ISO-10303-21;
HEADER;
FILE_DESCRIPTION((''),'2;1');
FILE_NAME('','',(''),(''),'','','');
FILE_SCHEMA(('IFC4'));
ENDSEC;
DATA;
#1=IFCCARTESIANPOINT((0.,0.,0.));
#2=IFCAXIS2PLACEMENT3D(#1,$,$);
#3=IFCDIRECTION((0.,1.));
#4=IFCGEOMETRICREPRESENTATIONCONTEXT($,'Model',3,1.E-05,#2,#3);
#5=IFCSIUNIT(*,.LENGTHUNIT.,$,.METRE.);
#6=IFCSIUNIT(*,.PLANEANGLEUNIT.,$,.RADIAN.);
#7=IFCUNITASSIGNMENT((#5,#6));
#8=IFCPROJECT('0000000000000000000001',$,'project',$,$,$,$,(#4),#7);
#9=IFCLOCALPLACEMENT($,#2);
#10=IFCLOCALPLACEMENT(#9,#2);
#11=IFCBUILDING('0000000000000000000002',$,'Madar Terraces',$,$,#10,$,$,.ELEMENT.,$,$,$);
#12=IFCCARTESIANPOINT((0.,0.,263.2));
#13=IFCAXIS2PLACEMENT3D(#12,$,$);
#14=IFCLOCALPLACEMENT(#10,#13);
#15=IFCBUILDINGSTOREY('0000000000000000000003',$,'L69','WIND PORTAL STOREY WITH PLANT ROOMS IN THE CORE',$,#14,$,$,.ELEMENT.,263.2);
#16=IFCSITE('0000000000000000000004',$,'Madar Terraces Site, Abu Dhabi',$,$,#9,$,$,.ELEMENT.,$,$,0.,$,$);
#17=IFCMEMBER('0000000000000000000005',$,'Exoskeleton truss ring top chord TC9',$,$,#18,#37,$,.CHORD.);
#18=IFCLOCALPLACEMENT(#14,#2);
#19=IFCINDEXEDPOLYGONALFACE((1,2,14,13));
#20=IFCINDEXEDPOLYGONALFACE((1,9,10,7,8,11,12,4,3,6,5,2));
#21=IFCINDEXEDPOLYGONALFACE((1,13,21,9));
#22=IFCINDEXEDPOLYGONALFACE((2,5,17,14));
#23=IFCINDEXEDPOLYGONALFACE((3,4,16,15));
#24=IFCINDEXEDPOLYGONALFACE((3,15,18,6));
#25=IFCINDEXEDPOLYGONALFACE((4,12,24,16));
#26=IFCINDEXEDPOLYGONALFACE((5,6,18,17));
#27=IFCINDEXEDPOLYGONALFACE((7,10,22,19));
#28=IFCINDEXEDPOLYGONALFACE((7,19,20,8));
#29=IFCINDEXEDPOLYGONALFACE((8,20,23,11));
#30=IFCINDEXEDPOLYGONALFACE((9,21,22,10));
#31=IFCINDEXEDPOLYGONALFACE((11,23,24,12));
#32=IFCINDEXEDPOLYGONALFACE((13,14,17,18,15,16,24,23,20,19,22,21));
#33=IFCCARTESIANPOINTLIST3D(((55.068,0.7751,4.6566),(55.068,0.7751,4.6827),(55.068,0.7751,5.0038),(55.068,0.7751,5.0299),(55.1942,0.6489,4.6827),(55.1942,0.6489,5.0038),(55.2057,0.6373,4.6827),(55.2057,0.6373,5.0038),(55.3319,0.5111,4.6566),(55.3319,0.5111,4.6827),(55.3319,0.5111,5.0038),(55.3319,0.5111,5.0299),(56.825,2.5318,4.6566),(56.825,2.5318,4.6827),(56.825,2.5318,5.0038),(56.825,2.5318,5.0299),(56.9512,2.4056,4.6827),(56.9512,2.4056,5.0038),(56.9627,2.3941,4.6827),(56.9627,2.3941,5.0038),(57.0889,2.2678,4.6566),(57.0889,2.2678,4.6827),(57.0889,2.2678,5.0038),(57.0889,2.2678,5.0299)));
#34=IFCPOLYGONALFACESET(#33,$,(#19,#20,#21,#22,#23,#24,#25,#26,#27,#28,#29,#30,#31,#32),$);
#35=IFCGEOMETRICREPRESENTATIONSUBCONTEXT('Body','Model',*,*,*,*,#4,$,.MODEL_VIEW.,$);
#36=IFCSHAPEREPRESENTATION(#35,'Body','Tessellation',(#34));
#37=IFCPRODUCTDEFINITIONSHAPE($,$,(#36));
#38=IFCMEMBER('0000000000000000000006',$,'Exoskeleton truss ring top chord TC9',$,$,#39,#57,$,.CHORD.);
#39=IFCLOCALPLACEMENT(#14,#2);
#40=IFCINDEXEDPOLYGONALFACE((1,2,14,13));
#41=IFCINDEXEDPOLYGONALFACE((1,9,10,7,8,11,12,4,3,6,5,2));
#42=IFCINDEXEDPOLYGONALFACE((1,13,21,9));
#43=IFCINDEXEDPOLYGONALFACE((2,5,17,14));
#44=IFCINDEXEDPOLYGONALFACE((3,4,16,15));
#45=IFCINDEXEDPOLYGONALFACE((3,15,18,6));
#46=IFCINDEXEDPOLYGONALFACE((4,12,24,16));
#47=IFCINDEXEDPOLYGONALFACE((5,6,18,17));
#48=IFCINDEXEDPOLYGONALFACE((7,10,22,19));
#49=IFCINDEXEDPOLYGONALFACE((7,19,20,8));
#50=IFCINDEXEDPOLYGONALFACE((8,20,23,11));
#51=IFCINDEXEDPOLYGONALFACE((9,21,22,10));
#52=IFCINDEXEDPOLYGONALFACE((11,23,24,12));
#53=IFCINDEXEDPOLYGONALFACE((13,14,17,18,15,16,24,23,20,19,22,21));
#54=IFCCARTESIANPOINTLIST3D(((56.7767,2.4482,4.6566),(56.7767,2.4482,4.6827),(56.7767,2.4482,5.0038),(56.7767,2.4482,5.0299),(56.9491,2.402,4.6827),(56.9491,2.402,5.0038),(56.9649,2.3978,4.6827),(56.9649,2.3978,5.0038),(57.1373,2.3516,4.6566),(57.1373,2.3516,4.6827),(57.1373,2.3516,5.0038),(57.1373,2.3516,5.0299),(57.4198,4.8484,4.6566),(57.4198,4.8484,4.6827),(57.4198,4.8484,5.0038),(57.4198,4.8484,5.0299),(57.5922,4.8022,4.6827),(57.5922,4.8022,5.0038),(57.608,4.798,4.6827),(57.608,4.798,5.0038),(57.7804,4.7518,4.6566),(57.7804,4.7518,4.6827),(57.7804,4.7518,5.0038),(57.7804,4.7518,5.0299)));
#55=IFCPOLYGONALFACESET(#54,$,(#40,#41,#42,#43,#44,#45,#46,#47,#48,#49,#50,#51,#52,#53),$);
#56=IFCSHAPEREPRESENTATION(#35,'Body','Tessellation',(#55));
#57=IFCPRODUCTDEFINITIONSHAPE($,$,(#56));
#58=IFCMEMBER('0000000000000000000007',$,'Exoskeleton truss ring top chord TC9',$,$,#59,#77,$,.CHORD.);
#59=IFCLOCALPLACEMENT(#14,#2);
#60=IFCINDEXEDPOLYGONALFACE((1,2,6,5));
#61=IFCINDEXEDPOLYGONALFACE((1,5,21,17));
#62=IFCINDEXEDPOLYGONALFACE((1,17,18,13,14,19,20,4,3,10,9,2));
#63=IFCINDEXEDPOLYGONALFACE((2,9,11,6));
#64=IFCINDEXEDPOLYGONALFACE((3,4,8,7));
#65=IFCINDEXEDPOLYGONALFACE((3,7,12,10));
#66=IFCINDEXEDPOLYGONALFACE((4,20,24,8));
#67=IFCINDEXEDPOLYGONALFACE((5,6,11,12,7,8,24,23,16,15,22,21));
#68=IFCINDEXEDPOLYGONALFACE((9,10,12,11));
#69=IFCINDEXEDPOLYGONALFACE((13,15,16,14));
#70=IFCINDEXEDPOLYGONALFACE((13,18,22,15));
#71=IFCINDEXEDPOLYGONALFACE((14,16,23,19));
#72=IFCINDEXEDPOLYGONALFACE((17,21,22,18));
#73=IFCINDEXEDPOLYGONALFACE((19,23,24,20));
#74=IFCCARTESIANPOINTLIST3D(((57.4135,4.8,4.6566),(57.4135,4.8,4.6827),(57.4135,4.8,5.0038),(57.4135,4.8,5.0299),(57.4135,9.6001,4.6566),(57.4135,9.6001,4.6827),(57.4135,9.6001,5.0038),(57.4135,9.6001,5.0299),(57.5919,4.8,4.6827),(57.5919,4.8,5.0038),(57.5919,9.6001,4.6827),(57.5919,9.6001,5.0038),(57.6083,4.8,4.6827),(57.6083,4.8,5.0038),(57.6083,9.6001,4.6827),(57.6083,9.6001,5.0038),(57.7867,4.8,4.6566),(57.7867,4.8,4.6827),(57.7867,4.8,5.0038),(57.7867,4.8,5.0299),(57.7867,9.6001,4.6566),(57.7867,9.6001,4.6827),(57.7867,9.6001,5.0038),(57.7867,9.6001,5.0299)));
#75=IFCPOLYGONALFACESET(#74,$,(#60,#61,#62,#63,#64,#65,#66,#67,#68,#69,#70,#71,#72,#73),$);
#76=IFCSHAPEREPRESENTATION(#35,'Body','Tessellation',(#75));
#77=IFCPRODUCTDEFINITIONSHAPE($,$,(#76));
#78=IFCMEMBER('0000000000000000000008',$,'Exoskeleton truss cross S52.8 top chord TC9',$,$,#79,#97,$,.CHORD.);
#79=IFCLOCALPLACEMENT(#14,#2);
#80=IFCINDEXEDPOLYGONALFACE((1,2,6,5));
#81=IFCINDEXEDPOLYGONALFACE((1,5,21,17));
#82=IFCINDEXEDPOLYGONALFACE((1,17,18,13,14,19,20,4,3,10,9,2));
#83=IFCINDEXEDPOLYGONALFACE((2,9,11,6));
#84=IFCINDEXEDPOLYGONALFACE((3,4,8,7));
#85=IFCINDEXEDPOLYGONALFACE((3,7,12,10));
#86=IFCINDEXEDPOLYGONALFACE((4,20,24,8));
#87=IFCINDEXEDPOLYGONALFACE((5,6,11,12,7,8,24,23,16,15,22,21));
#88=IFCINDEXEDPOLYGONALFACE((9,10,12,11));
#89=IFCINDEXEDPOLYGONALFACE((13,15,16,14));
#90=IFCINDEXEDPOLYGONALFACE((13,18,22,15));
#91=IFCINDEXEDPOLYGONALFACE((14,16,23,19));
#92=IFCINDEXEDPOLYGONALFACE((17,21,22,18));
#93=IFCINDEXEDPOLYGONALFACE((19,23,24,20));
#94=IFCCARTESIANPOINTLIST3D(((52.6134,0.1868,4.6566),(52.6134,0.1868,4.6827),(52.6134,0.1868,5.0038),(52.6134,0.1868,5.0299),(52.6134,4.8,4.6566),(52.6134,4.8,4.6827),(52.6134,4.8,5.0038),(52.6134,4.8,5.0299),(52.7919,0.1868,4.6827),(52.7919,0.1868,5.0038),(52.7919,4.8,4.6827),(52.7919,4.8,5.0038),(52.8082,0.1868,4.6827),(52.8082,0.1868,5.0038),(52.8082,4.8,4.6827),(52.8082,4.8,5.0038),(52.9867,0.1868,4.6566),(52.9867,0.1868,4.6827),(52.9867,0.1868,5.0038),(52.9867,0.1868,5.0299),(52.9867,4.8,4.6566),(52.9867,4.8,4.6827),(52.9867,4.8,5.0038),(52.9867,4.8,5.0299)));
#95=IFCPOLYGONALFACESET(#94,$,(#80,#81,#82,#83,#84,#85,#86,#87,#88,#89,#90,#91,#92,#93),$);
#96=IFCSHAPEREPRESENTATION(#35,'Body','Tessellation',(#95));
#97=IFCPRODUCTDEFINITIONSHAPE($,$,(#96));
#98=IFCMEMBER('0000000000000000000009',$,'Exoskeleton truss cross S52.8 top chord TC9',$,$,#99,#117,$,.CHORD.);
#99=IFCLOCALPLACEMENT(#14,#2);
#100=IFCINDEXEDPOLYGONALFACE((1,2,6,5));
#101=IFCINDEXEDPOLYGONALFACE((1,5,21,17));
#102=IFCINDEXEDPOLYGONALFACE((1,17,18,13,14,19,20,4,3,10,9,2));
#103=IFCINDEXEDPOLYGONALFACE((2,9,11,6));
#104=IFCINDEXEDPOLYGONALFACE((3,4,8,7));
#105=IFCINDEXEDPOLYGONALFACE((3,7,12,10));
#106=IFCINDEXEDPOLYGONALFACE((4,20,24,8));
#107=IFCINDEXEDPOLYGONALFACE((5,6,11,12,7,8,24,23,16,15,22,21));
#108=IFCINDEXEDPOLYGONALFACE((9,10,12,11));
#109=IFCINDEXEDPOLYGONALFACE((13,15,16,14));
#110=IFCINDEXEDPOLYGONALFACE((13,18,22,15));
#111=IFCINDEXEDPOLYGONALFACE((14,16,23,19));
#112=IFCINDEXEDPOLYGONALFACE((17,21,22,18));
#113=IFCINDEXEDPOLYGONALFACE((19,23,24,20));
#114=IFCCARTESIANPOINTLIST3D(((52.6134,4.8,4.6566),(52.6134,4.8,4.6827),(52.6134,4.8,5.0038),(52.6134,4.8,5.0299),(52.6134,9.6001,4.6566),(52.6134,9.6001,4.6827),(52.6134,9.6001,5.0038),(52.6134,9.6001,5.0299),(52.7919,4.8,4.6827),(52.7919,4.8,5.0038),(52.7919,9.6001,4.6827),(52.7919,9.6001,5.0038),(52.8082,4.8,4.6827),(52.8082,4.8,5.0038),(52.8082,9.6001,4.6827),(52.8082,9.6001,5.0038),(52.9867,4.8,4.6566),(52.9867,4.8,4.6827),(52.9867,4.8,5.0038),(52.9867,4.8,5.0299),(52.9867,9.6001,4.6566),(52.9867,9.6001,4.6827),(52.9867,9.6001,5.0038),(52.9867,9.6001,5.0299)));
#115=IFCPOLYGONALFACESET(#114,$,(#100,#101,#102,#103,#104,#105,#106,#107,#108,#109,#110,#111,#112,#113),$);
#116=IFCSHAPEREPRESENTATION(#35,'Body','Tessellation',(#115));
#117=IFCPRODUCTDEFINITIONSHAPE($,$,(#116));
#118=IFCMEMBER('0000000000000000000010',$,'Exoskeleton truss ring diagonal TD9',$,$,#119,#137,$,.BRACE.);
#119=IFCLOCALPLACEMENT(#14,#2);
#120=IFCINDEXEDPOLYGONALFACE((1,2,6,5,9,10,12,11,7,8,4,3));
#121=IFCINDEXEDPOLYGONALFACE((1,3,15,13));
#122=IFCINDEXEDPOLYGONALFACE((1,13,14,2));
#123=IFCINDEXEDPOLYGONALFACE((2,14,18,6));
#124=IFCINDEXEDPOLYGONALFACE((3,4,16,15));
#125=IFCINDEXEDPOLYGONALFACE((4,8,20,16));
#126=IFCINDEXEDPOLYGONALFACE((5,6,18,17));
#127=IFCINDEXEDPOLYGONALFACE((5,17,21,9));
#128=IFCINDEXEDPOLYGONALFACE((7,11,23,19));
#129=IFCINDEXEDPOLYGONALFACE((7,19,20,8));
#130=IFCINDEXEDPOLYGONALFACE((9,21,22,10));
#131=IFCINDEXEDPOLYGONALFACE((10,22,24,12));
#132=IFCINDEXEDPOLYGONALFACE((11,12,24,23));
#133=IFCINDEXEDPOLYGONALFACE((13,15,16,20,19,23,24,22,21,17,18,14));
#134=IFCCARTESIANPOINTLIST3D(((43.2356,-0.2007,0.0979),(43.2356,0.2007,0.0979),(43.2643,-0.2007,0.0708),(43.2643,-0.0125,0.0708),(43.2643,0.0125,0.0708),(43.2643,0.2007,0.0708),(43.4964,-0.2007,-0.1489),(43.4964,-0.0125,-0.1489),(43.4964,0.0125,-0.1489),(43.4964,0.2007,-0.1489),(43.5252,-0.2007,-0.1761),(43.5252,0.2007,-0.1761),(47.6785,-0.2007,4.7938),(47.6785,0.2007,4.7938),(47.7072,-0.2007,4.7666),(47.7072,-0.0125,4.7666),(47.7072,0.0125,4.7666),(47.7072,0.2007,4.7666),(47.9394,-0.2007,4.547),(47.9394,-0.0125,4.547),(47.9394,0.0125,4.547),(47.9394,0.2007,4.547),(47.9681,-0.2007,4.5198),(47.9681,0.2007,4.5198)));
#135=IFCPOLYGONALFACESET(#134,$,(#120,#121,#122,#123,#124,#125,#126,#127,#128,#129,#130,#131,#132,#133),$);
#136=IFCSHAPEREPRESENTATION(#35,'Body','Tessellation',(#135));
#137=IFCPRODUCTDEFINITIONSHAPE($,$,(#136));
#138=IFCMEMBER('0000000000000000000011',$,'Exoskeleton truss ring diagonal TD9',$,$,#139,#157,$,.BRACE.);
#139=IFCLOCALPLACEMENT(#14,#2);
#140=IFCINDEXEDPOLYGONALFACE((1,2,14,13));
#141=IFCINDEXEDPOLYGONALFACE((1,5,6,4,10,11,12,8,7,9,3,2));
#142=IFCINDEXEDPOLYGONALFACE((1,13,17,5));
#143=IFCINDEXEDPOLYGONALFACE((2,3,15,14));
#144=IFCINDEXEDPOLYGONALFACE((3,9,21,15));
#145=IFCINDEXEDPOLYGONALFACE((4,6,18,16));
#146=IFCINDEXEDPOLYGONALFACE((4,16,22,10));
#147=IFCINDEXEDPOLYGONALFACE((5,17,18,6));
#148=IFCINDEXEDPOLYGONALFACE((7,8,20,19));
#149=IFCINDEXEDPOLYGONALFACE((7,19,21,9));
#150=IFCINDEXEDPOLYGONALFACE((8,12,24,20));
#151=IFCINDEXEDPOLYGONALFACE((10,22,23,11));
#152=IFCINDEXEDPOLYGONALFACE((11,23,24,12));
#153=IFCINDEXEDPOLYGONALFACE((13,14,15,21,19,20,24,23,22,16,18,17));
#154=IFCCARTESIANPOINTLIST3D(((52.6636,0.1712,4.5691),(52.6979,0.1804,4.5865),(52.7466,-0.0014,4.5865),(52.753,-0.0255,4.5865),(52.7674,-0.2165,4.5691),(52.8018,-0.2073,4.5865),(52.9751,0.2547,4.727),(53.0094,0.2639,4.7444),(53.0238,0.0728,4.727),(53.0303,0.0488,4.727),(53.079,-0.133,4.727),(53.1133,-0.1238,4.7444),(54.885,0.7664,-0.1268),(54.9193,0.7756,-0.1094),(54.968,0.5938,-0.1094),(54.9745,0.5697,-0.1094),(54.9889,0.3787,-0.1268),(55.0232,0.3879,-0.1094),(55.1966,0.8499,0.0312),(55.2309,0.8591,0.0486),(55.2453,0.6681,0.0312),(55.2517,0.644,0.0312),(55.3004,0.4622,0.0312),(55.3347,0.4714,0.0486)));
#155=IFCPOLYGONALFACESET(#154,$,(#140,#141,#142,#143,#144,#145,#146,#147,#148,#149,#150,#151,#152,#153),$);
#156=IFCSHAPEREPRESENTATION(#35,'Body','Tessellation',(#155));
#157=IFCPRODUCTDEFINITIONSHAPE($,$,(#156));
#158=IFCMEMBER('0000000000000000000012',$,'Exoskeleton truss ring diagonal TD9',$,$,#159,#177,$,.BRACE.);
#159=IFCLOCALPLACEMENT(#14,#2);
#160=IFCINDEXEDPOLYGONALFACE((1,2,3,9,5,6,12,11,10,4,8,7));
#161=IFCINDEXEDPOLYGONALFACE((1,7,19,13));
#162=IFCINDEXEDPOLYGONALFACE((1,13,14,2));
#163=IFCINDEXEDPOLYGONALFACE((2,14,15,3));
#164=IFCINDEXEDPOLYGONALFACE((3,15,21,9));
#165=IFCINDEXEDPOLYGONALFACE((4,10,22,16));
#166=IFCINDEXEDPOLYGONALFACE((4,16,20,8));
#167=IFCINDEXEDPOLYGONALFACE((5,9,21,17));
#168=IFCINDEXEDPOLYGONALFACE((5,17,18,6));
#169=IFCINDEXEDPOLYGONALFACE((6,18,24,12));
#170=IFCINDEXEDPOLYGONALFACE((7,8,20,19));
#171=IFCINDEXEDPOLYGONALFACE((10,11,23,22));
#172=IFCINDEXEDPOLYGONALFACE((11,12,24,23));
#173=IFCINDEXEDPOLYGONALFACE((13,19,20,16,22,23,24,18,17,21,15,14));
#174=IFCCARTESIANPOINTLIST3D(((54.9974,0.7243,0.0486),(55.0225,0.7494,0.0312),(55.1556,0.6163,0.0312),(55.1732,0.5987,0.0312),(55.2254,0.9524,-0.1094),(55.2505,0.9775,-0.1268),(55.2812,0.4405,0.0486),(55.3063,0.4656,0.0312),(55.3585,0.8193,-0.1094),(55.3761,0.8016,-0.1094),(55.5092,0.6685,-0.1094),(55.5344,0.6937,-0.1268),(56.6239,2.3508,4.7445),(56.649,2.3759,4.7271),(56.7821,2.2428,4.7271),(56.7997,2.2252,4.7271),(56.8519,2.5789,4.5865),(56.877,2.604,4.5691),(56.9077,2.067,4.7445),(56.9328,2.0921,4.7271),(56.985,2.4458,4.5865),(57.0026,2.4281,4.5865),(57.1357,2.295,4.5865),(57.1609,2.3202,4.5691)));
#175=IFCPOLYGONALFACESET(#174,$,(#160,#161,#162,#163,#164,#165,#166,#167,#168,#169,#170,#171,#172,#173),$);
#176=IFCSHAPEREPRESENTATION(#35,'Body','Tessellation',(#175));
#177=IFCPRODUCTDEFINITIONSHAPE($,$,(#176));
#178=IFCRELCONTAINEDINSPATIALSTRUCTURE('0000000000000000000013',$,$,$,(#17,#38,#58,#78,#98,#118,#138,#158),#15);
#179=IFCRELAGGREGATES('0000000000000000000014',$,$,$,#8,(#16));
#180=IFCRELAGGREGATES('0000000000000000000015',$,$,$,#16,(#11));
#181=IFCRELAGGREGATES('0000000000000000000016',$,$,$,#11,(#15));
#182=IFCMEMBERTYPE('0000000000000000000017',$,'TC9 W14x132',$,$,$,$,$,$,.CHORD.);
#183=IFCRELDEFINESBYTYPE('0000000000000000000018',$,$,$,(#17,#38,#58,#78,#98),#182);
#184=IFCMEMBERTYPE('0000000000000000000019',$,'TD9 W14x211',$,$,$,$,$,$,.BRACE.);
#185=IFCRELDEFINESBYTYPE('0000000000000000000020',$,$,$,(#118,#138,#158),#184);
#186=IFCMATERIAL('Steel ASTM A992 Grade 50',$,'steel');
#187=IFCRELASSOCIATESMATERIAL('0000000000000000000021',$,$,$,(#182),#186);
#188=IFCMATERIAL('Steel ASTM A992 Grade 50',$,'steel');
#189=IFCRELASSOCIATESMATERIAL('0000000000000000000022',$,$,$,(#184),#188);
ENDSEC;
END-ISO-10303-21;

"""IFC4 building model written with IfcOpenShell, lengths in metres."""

from ifc_helpers import new_model, si_unit, direction, frame, origin, origin_2d, place, context, subcontext, project, spatial, i_section, extrude, material, material_profile, profile_set, type_object, element, save


model = new_model("IFC4")

# Units and contexts
model_context = context("Model", 3, precision=1e-05, world=origin(), true_north=direction((0.0, 1.0)))
body_context = subcontext(model_context, "Body", "Model", "MODEL_VIEW")
ifc_project = project(units=[si_unit("LENGTHUNIT", "METRE"), si_unit("PLANEANGLEUNIT", "RADIAN")], contexts=[model_context])

# Site, building, storey
site_placement = place(None, origin())
site = spatial("IfcSite", under=ifc_project, at=site_placement, Name="Madar Terraces Site, Abu Dhabi", CompositionType="ELEMENT", RefElevation=0.0)
building_placement = place(site_placement, origin())
building = spatial("IfcBuilding", under=site, at=building_placement, Name="Madar Terraces", CompositionType="ELEMENT")
storey_placement = place(building_placement, frame((0.0, 0.0, 263.2)))
storey = spatial("IfcBuildingStorey", under=building, at=storey_placement, Name="L69", Description="WIND PORTAL STOREY WITH PLANT ROOMS IN THE CORE", CompositionType="ELEMENT", Elevation=263.2)

# Members
ifc_material_1 = material(Name="Steel ASTM A992 Grade 50", Category="steel")
ifc_material_profile_1 = material_profile(ifc_material_1, i_section(OverallWidth=0.3733, OverallDepth=0.3733, WebThickness=0.0164, FlangeThickness=0.0261, at=origin_2d()), Name="W14x132")
ifc_profile_set_1 = profile_set([ifc_material_profile_1], Name="Steel ASTM A992 Grade 50")
member_type_1 = type_object("IfcMemberType", Name="TC9 W14x132", PredefinedType="CHORD", material=ifc_profile_set_1)
for number, where, z_axis, x_axis, name in (
    (1, (55.2, 0.6431, 4.8433), (0.707156, 0.707058, 0.0), (-0.707058, 0.707156, 0.0), "Exoskeleton truss ring top chord TC9"),
):
    element("IfcMember", number, at=place(storey_placement, frame(where, z_axis=z_axis, x_axis=x_axis)), inside=storey, type_object=member_type_1, Name=name, PredefinedType="CHORD", context=body_context, shape_type="SweptSolid", body=[
        extrude(i_section(OverallWidth=0.3733, OverallDepth=0.3733, WebThickness=0.0164, FlangeThickness=0.0261, at=origin_2d()), origin(), (0.0, 0.0, 1.0), 2.4846),
    ])
member_1_placement = place(storey_placement, frame((56.957, 2.3999, 4.8433), z_axis=(0.2588, 0.965931, 0.0), x_axis=(-0.965931, 0.2588, 0.0)))
element("IfcMember", 2, at=member_1_placement, inside=storey, type_object=member_type_1, Name="Exoskeleton truss ring top chord TC9", PredefinedType="CHORD", context=body_context, shape_type="SweptSolid", body=[
    extrude(i_section(OverallWidth=0.3733, OverallDepth=0.3733, WebThickness=0.0164, FlangeThickness=0.0261, at=origin_2d()), origin(), (0.0, 0.0, 1.0), 2.4849),
])
member_2_placement = place(storey_placement, frame((57.6001, 4.8, 4.8433), z_axis=(0.0, 1.0, 0.0), x_axis=(-1.0, 0.0, 0.0)))
element("IfcMember", 3, at=member_2_placement, inside=storey, type_object=member_type_1, Name="Exoskeleton truss ring top chord TC9", PredefinedType="CHORD", context=body_context, shape_type="SweptSolid", body=[
    extrude(i_section(OverallWidth=0.3733, OverallDepth=0.3733, WebThickness=0.0164, FlangeThickness=0.0261, at=origin_2d()), origin(), (0.0, 0.0, 1.0), 4.8),
])
member_3_placement = place(storey_placement, frame((52.8, 0.1868, 4.8433), z_axis=(0.0, 1.0, 0.0), x_axis=(-1.0, 0.0, 0.0)))
element("IfcMember", 4, at=member_3_placement, inside=storey, type_object=member_type_1, Name="Exoskeleton truss cross S52.8 top chord TC9", PredefinedType="CHORD", context=body_context, shape_type="SweptSolid", body=[
    extrude(i_section(OverallWidth=0.3733, OverallDepth=0.3733, WebThickness=0.0164, FlangeThickness=0.0261, at=origin_2d()), origin(), (0.0, 0.0, 1.0), 4.6133),
])
member_4_placement = place(storey_placement, frame((52.8, 4.8, 4.8433), z_axis=(0.0, 1.0, 0.0), x_axis=(-1.0, 0.0, 0.0)))
element("IfcMember", 5, at=member_4_placement, inside=storey, type_object=member_type_1, Name="Exoskeleton truss cross S52.8 top chord TC9", PredefinedType="CHORD", context=body_context, shape_type="SweptSolid", body=[
    extrude(i_section(OverallWidth=0.3733, OverallDepth=0.3733, WebThickness=0.0164, FlangeThickness=0.0261, at=origin_2d()), origin(), (0.0, 0.0, 1.0), 4.8),
])
ifc_material_2 = material(Name="Steel ASTM A992 Grade 50", Category="steel")
ifc_material_profile_2 = material_profile(ifc_material_2, i_section(OverallWidth=0.4014, OverallDepth=0.3987, WebThickness=0.0249, FlangeThickness=0.0396, at=origin_2d()), Name="W14x211")
ifc_profile_set_2 = profile_set([ifc_material_profile_2], Name="Steel ASTM A992 Grade 50")
member_type_2 = type_object("IfcMemberType", Name="TD9 W14x211", PredefinedType="BRACE", material=ifc_profile_set_2)
member_5_placement = place(storey_placement, frame((43.3804, 0.0, -0.0391), z_axis=(0.687273, 0.0, 0.726399), x_axis=(0.0, 1.0, 0.0)))
element("IfcMember", 6, at=member_5_placement, inside=storey, type_object=member_type_2, Name="Exoskeleton truss ring diagonal TD9", PredefinedType="BRACE", context=body_context, shape_type="SweptSolid", body=[
    extrude(i_section(OverallWidth=0.4014, OverallDepth=0.3987, WebThickness=0.0249, FlangeThickness=0.0396, at=origin_2d()), origin(), (0.0, 0.0, 1.0), 6.4646),
])
member_6_placement = place(storey_placement, frame((52.8884, 0.0237, 4.6567), z_axis=(0.424852, 0.113835, -0.898077), x_axis=(-0.258812, 0.965928, 0.0)))
element("IfcMember", 7, at=member_6_placement, inside=storey, type_object=member_type_2, Name="Exoskeleton truss ring diagonal TD9", PredefinedType="BRACE", context=body_context, shape_type="SweptSolid", body=[
    extrude(i_section(OverallWidth=0.4014, OverallDepth=0.3987, WebThickness=0.0249, FlangeThickness=0.0396, at=origin_2d()), origin(), (0.0, 0.0, 1.0), 5.2288),
])
member_7_placement = place(storey_placement, frame((55.2659, 0.709, -0.0391), z_axis=(0.311053, 0.311053, 0.898049), x_axis=(-0.707107, 0.707107, 0.0)))
element("IfcMember", 8, at=member_7_placement, inside=storey, type_object=member_type_2, Name="Exoskeleton truss ring diagonal TD9", PredefinedType="BRACE", context=body_context, shape_type="SweptSolid", body=[
    extrude(i_section(OverallWidth=0.4014, OverallDepth=0.3987, WebThickness=0.0249, FlangeThickness=0.0396, at=origin_2d()), origin(), (0.0, 0.0, 1.0), 5.229),
])

save(model, "model.ifc")
